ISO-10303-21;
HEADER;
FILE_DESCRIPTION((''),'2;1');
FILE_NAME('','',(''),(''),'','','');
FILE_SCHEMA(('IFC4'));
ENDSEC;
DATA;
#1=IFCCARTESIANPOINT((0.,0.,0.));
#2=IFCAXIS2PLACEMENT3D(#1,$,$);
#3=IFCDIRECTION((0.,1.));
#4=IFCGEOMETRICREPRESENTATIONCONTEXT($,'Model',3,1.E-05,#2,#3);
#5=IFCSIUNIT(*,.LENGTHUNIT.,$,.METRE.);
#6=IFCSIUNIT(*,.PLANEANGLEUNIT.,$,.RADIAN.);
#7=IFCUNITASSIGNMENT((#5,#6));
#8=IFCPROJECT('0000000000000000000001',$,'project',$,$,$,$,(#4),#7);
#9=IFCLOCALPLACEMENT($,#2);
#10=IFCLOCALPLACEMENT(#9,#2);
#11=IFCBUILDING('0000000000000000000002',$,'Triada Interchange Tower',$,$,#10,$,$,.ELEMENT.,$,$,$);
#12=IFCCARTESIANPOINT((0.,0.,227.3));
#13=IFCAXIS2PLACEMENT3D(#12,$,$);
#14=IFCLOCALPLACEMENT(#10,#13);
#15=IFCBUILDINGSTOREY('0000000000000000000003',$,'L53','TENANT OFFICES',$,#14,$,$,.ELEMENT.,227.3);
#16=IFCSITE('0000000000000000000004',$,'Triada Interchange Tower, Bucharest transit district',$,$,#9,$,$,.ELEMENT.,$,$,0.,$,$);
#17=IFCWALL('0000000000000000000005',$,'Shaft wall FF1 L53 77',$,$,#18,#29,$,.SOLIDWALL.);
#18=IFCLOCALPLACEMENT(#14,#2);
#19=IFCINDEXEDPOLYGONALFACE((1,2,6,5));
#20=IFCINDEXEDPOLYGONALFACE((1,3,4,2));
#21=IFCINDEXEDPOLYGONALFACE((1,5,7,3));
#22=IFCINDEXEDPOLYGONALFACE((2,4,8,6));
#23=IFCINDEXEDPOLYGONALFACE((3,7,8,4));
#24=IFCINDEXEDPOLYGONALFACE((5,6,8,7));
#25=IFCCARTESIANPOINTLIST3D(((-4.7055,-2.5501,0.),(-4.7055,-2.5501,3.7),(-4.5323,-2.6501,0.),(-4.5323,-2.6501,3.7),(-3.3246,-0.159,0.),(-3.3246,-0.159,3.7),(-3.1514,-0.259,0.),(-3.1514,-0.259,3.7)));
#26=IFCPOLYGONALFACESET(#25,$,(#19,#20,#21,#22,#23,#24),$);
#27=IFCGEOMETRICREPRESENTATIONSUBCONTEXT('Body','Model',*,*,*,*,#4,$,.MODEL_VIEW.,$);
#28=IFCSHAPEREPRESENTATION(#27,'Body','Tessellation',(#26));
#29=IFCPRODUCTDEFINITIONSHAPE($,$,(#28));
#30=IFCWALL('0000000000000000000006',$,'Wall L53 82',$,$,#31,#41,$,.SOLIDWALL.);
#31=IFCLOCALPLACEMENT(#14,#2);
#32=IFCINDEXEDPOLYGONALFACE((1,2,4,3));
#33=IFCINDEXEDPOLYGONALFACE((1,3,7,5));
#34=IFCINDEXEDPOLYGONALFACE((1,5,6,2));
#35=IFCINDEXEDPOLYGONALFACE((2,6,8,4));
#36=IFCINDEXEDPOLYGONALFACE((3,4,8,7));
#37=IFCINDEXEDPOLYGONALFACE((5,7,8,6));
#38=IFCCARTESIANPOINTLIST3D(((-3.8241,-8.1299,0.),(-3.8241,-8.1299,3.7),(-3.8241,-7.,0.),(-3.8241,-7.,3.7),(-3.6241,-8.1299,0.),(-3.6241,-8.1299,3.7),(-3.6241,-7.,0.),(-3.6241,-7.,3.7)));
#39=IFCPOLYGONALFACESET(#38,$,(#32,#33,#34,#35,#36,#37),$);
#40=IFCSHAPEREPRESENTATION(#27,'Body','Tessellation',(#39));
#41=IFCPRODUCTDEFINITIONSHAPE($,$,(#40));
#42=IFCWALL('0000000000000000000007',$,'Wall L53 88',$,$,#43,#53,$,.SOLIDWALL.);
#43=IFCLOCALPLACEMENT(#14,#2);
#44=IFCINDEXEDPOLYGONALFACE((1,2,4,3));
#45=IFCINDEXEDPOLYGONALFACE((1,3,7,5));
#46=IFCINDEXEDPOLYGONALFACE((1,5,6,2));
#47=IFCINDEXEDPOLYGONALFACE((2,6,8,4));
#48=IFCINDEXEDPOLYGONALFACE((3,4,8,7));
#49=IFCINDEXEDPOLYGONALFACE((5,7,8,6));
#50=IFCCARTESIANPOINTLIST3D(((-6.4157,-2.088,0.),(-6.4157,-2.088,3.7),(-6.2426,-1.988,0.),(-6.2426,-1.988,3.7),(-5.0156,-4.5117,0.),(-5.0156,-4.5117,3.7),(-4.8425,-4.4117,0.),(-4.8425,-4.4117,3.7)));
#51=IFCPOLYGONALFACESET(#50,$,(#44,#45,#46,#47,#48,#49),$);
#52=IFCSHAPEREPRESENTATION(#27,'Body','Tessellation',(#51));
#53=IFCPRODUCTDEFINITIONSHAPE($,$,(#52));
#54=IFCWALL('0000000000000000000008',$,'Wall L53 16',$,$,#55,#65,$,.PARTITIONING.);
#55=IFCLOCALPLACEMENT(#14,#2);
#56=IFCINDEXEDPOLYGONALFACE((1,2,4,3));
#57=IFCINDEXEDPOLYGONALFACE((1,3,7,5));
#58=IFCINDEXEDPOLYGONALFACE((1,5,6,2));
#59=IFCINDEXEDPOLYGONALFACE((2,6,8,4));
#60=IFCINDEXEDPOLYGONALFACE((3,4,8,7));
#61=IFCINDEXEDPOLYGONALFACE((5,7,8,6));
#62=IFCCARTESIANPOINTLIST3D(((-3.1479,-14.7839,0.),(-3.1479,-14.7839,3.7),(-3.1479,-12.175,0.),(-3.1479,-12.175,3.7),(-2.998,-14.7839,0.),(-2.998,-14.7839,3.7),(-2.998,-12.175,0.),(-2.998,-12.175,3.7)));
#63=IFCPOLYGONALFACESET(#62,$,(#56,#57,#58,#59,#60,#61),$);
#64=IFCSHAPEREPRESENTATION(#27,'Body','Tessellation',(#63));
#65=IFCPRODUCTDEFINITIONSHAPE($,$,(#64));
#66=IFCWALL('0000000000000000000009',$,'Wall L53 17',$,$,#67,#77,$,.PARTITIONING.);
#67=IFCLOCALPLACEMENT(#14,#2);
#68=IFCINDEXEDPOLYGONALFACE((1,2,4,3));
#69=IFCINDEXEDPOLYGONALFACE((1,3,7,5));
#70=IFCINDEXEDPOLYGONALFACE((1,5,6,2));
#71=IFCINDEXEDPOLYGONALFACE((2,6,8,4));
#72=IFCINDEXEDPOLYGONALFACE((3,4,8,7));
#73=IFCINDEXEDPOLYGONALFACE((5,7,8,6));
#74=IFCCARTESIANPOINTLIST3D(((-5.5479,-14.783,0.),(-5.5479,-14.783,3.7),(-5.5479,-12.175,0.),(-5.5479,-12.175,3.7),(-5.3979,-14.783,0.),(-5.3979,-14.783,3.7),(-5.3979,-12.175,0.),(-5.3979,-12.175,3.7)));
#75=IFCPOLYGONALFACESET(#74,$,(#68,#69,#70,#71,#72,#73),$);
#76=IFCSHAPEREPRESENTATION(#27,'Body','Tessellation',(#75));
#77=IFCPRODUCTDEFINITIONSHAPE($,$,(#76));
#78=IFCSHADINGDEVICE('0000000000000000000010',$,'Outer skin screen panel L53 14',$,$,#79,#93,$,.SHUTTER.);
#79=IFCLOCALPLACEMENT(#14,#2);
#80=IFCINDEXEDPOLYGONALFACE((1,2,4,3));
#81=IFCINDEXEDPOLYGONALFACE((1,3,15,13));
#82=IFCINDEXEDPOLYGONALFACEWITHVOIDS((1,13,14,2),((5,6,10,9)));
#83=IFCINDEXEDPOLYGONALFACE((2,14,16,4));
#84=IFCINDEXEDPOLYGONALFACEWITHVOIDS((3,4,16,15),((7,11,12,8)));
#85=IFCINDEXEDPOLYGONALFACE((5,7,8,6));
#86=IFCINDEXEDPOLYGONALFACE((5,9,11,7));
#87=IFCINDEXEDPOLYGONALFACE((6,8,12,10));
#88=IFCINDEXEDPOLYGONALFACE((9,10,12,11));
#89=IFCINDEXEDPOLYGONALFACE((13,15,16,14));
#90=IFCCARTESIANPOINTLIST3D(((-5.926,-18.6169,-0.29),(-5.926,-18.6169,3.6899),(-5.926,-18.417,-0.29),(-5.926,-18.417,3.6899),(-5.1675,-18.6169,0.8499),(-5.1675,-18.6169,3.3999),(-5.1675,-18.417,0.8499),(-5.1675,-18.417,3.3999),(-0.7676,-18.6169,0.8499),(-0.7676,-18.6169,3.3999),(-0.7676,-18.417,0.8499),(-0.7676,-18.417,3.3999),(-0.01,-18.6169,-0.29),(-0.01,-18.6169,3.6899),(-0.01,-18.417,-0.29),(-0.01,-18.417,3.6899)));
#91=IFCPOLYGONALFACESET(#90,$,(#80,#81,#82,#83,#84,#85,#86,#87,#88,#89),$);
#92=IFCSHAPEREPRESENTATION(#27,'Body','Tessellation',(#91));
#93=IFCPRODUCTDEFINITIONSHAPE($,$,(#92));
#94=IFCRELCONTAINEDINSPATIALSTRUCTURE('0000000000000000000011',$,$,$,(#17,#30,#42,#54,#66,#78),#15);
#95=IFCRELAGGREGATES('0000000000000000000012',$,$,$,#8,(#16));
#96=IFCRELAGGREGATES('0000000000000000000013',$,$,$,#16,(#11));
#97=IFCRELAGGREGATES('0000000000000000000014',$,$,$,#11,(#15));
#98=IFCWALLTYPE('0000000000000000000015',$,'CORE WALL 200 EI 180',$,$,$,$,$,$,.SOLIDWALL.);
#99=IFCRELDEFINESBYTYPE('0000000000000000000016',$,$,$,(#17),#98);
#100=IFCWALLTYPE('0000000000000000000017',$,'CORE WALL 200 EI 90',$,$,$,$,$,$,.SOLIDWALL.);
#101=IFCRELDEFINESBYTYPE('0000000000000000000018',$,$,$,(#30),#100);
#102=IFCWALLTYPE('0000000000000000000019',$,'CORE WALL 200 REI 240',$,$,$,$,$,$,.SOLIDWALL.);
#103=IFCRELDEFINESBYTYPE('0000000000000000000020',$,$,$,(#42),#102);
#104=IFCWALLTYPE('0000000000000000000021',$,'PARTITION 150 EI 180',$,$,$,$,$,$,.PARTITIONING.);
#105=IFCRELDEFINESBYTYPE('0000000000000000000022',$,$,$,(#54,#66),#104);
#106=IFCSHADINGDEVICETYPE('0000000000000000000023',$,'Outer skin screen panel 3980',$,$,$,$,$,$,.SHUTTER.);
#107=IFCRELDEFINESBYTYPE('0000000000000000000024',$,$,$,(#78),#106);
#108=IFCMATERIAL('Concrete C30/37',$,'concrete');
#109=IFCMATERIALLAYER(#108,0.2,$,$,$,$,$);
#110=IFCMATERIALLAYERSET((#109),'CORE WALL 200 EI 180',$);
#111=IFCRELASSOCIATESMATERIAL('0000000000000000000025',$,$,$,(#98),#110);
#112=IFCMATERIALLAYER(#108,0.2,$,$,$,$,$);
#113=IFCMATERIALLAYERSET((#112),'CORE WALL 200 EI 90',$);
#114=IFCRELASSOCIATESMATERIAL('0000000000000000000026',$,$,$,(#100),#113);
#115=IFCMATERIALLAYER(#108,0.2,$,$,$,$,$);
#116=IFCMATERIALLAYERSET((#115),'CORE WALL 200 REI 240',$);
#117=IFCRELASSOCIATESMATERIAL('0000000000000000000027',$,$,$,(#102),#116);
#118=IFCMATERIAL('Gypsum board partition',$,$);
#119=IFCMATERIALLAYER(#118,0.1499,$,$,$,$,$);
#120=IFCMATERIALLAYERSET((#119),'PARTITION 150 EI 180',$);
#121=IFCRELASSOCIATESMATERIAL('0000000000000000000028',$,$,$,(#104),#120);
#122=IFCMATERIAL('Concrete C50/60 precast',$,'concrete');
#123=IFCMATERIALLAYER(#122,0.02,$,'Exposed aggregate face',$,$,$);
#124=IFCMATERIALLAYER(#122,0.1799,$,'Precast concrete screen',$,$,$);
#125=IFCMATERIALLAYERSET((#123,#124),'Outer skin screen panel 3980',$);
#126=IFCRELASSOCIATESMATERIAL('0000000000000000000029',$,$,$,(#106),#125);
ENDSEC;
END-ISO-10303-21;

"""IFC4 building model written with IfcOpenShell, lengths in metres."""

from ifc_helpers import new_model, si_unit, direction, frame, frame_2d, origin, place, context, subcontext, project, spatial, polyline, rectangle, outline, extrude, material, layer, layer_set, type_object, element, save


model = new_model("IFC4")

# Units and contexts
model_context = context("Model", 3, precision=1e-05, world=origin(), true_north=direction((0.0, 1.0)))
body_context = subcontext(model_context, "Body", "Model", "MODEL_VIEW")
ifc_project = project(units=[si_unit("LENGTHUNIT", "METRE"), si_unit("PLANEANGLEUNIT", "RADIAN")], contexts=[model_context])

# Site, building, storey
site_placement = place(None, origin())
site = spatial("IfcSite", under=ifc_project, at=site_placement, Name="Triada Interchange Tower, Bucharest transit district", CompositionType="ELEMENT", RefElevation=0.0)
building_placement = place(site_placement, origin())
building = spatial("IfcBuilding", under=site, at=building_placement, Name="Triada Interchange Tower", CompositionType="ELEMENT")
storey_placement = place(building_placement, frame((0.0, 0.0, 227.3)))
storey = spatial("IfcBuildingStorey", under=building, at=storey_placement, Name="L53", Description="TENANT OFFICES", CompositionType="ELEMENT", Elevation=227.3)

# Shared definitions
ifc_material_1 = material(Name="Concrete C30/37", Category="concrete")

# Walls
ifc_layer_1 = layer(ifc_material_1, 0.2)
ifc_layer_set_1 = layer_set([ifc_layer_1], Name="CORE WALL 200 EI 180")
wall_type_1 = type_object("IfcWallType", Name="CORE WALL 200 EI 180", PredefinedType="SOLIDWALL", material=ifc_layer_set_1)
wall_1_placement = place(storey_placement, frame((-4.6189, -2.6001, 0.0), z_axis=(0.0, 0.0, 1.0), x_axis=(0.500095, 0.865971, 0.0)))
element("IfcWall", 1, at=wall_1_placement, inside=storey, type_object=wall_type_1, Name="Shaft wall FF1 L53 77", PredefinedType="SOLIDWALL", context=body_context, shape_type="SweptSolid", body=[
    extrude(rectangle(XDim=2.7612, YDim=0.2, at=frame_2d((1.3806, 0.0))), origin(), (0.0, 0.0, 1.0), 3.7),
])
ifc_layer_2 = layer(ifc_material_1, 0.2)
ifc_layer_set_2 = layer_set([ifc_layer_2], Name="CORE WALL 200 EI 90")
wall_type_2 = type_object("IfcWallType", Name="CORE WALL 200 EI 90", PredefinedType="SOLIDWALL", material=ifc_layer_set_2)
wall_2_placement = place(storey_placement, frame((-3.7241, -8.1299, 0.0), z_axis=(0.0, 0.0, 1.0), x_axis=(0.0, 1.0, 0.0)))
element("IfcWall", 2, at=wall_2_placement, inside=storey, type_object=wall_type_2, Name="Wall L53 82", PredefinedType="SOLIDWALL", context=body_context, shape_type="SweptSolid", body=[
    extrude(rectangle(XDim=1.1299, YDim=0.2, at=frame_2d((0.5649, 0.0))), origin(), (0.0, 0.0, 1.0), 3.7),
])
ifc_layer_3 = layer(ifc_material_1, 0.2)
ifc_layer_set_3 = layer_set([ifc_layer_3], Name="CORE WALL 200 REI 240")
wall_type_3 = type_object("IfcWallType", Name="CORE WALL 200 REI 240", PredefinedType="SOLIDWALL", material=ifc_layer_set_3)
wall_3_placement = place(storey_placement, frame((-6.3291, -2.0381, 0.0), z_axis=(0.0, 0.0, 1.0), x_axis=(0.500201, -0.86591, 0.0)))
element("IfcWall", 3, at=wall_3_placement, inside=storey, type_object=wall_type_3, Name="Wall L53 88", PredefinedType="SOLIDWALL", context=body_context, shape_type="SweptSolid", body=[
    extrude(rectangle(XDim=2.7991, YDim=0.2, at=frame_2d((1.3994, 0.0))), origin(), (0.0, 0.0, 1.0), 3.7),
])
ifc_material_2 = material(Name="Gypsum board partition")
ifc_layer_4 = layer(ifc_material_2, 0.1499)
ifc_layer_set_4 = layer_set([ifc_layer_4], Name="PARTITION 150 EI 180")
wall_type_4 = type_object("IfcWallType", Name="PARTITION 150 EI 180", PredefinedType="PARTITIONING", material=ifc_layer_set_4)
wall_4_placement = place(storey_placement, frame((-3.073, -14.7839, 0.0), z_axis=(0.0, 0.0, 1.0), x_axis=(0.0, 1.0, 0.0)))
element("IfcWall", 4, at=wall_4_placement, inside=storey, type_object=wall_type_4, Name="Wall L53 16", PredefinedType="PARTITIONING", context=body_context, shape_type="SweptSolid", body=[
    extrude(rectangle(XDim=2.6089, YDim=0.1499, at=frame_2d((1.3044, 0.0))), origin(), (0.0, 0.0, 1.0), 3.7),
])
wall_5_placement = place(storey_placement, frame((-5.4729, -14.783, 0.0), z_axis=(0.0, 0.0, 1.0), x_axis=(0.0, 1.0, 0.0)))
element("IfcWall", 5, at=wall_5_placement, inside=storey, type_object=wall_type_4, Name="Wall L53 17", PredefinedType="PARTITIONING", context=body_context, shape_type="SweptSolid", body=[
    extrude(rectangle(XDim=2.6079, YDim=0.1499, at=frame_2d((1.304, 0.0))), origin(), (0.0, 0.0, 1.0), 3.7),
])

# Shading device
ifc_material_3 = material(Name="Concrete C50/60 precast", Category="concrete")
ifc_layer_5 = layer(ifc_material_3, 0.02, Name="Exposed aggregate face")
ifc_layer_6 = layer(ifc_material_3, 0.1799, Name="Precast concrete screen")
ifc_layer_set_5 = layer_set([ifc_layer_5, ifc_layer_6], Name="Outer skin screen panel 3980")
shading_device_type = type_object("IfcShadingDeviceType", Name="Outer skin screen panel 3980", PredefinedType="SHUTTER", material=ifc_layer_set_5)
shading_device_placement = place(storey_placement, frame((-5.926, -18.417, -0.29), z_axis=(0.0, 0.0, 1.0), x_axis=(1.0, 0.0, 0.0)))
element("IfcShadingDevice", 6, at=shading_device_placement, inside=storey, type_object=shading_device_type, Name="Outer skin screen panel L53 14", PredefinedType="SHUTTER", context=body_context, shape_type="SweptSolid", body=[
    extrude(outline(polyline([(0.0, 0.0), (5.916, 0.0), (5.916, 3.98), (0.0, 3.98), (0.0, 0.0)]), holes=[polyline([(0.7585, 1.1399), (0.7585, 3.6899), (5.1584, 3.6899), (5.1584, 1.1399), (0.7585, 1.1399)])]), frame((0.0, 0.0, 0.0), z_axis=(0.0, -1.0, 0.0), x_axis=(1.0, 0.0, 0.0)), (0.0, 0.0, 1.0), 0.2),
])

save(model, "model.ifc")
